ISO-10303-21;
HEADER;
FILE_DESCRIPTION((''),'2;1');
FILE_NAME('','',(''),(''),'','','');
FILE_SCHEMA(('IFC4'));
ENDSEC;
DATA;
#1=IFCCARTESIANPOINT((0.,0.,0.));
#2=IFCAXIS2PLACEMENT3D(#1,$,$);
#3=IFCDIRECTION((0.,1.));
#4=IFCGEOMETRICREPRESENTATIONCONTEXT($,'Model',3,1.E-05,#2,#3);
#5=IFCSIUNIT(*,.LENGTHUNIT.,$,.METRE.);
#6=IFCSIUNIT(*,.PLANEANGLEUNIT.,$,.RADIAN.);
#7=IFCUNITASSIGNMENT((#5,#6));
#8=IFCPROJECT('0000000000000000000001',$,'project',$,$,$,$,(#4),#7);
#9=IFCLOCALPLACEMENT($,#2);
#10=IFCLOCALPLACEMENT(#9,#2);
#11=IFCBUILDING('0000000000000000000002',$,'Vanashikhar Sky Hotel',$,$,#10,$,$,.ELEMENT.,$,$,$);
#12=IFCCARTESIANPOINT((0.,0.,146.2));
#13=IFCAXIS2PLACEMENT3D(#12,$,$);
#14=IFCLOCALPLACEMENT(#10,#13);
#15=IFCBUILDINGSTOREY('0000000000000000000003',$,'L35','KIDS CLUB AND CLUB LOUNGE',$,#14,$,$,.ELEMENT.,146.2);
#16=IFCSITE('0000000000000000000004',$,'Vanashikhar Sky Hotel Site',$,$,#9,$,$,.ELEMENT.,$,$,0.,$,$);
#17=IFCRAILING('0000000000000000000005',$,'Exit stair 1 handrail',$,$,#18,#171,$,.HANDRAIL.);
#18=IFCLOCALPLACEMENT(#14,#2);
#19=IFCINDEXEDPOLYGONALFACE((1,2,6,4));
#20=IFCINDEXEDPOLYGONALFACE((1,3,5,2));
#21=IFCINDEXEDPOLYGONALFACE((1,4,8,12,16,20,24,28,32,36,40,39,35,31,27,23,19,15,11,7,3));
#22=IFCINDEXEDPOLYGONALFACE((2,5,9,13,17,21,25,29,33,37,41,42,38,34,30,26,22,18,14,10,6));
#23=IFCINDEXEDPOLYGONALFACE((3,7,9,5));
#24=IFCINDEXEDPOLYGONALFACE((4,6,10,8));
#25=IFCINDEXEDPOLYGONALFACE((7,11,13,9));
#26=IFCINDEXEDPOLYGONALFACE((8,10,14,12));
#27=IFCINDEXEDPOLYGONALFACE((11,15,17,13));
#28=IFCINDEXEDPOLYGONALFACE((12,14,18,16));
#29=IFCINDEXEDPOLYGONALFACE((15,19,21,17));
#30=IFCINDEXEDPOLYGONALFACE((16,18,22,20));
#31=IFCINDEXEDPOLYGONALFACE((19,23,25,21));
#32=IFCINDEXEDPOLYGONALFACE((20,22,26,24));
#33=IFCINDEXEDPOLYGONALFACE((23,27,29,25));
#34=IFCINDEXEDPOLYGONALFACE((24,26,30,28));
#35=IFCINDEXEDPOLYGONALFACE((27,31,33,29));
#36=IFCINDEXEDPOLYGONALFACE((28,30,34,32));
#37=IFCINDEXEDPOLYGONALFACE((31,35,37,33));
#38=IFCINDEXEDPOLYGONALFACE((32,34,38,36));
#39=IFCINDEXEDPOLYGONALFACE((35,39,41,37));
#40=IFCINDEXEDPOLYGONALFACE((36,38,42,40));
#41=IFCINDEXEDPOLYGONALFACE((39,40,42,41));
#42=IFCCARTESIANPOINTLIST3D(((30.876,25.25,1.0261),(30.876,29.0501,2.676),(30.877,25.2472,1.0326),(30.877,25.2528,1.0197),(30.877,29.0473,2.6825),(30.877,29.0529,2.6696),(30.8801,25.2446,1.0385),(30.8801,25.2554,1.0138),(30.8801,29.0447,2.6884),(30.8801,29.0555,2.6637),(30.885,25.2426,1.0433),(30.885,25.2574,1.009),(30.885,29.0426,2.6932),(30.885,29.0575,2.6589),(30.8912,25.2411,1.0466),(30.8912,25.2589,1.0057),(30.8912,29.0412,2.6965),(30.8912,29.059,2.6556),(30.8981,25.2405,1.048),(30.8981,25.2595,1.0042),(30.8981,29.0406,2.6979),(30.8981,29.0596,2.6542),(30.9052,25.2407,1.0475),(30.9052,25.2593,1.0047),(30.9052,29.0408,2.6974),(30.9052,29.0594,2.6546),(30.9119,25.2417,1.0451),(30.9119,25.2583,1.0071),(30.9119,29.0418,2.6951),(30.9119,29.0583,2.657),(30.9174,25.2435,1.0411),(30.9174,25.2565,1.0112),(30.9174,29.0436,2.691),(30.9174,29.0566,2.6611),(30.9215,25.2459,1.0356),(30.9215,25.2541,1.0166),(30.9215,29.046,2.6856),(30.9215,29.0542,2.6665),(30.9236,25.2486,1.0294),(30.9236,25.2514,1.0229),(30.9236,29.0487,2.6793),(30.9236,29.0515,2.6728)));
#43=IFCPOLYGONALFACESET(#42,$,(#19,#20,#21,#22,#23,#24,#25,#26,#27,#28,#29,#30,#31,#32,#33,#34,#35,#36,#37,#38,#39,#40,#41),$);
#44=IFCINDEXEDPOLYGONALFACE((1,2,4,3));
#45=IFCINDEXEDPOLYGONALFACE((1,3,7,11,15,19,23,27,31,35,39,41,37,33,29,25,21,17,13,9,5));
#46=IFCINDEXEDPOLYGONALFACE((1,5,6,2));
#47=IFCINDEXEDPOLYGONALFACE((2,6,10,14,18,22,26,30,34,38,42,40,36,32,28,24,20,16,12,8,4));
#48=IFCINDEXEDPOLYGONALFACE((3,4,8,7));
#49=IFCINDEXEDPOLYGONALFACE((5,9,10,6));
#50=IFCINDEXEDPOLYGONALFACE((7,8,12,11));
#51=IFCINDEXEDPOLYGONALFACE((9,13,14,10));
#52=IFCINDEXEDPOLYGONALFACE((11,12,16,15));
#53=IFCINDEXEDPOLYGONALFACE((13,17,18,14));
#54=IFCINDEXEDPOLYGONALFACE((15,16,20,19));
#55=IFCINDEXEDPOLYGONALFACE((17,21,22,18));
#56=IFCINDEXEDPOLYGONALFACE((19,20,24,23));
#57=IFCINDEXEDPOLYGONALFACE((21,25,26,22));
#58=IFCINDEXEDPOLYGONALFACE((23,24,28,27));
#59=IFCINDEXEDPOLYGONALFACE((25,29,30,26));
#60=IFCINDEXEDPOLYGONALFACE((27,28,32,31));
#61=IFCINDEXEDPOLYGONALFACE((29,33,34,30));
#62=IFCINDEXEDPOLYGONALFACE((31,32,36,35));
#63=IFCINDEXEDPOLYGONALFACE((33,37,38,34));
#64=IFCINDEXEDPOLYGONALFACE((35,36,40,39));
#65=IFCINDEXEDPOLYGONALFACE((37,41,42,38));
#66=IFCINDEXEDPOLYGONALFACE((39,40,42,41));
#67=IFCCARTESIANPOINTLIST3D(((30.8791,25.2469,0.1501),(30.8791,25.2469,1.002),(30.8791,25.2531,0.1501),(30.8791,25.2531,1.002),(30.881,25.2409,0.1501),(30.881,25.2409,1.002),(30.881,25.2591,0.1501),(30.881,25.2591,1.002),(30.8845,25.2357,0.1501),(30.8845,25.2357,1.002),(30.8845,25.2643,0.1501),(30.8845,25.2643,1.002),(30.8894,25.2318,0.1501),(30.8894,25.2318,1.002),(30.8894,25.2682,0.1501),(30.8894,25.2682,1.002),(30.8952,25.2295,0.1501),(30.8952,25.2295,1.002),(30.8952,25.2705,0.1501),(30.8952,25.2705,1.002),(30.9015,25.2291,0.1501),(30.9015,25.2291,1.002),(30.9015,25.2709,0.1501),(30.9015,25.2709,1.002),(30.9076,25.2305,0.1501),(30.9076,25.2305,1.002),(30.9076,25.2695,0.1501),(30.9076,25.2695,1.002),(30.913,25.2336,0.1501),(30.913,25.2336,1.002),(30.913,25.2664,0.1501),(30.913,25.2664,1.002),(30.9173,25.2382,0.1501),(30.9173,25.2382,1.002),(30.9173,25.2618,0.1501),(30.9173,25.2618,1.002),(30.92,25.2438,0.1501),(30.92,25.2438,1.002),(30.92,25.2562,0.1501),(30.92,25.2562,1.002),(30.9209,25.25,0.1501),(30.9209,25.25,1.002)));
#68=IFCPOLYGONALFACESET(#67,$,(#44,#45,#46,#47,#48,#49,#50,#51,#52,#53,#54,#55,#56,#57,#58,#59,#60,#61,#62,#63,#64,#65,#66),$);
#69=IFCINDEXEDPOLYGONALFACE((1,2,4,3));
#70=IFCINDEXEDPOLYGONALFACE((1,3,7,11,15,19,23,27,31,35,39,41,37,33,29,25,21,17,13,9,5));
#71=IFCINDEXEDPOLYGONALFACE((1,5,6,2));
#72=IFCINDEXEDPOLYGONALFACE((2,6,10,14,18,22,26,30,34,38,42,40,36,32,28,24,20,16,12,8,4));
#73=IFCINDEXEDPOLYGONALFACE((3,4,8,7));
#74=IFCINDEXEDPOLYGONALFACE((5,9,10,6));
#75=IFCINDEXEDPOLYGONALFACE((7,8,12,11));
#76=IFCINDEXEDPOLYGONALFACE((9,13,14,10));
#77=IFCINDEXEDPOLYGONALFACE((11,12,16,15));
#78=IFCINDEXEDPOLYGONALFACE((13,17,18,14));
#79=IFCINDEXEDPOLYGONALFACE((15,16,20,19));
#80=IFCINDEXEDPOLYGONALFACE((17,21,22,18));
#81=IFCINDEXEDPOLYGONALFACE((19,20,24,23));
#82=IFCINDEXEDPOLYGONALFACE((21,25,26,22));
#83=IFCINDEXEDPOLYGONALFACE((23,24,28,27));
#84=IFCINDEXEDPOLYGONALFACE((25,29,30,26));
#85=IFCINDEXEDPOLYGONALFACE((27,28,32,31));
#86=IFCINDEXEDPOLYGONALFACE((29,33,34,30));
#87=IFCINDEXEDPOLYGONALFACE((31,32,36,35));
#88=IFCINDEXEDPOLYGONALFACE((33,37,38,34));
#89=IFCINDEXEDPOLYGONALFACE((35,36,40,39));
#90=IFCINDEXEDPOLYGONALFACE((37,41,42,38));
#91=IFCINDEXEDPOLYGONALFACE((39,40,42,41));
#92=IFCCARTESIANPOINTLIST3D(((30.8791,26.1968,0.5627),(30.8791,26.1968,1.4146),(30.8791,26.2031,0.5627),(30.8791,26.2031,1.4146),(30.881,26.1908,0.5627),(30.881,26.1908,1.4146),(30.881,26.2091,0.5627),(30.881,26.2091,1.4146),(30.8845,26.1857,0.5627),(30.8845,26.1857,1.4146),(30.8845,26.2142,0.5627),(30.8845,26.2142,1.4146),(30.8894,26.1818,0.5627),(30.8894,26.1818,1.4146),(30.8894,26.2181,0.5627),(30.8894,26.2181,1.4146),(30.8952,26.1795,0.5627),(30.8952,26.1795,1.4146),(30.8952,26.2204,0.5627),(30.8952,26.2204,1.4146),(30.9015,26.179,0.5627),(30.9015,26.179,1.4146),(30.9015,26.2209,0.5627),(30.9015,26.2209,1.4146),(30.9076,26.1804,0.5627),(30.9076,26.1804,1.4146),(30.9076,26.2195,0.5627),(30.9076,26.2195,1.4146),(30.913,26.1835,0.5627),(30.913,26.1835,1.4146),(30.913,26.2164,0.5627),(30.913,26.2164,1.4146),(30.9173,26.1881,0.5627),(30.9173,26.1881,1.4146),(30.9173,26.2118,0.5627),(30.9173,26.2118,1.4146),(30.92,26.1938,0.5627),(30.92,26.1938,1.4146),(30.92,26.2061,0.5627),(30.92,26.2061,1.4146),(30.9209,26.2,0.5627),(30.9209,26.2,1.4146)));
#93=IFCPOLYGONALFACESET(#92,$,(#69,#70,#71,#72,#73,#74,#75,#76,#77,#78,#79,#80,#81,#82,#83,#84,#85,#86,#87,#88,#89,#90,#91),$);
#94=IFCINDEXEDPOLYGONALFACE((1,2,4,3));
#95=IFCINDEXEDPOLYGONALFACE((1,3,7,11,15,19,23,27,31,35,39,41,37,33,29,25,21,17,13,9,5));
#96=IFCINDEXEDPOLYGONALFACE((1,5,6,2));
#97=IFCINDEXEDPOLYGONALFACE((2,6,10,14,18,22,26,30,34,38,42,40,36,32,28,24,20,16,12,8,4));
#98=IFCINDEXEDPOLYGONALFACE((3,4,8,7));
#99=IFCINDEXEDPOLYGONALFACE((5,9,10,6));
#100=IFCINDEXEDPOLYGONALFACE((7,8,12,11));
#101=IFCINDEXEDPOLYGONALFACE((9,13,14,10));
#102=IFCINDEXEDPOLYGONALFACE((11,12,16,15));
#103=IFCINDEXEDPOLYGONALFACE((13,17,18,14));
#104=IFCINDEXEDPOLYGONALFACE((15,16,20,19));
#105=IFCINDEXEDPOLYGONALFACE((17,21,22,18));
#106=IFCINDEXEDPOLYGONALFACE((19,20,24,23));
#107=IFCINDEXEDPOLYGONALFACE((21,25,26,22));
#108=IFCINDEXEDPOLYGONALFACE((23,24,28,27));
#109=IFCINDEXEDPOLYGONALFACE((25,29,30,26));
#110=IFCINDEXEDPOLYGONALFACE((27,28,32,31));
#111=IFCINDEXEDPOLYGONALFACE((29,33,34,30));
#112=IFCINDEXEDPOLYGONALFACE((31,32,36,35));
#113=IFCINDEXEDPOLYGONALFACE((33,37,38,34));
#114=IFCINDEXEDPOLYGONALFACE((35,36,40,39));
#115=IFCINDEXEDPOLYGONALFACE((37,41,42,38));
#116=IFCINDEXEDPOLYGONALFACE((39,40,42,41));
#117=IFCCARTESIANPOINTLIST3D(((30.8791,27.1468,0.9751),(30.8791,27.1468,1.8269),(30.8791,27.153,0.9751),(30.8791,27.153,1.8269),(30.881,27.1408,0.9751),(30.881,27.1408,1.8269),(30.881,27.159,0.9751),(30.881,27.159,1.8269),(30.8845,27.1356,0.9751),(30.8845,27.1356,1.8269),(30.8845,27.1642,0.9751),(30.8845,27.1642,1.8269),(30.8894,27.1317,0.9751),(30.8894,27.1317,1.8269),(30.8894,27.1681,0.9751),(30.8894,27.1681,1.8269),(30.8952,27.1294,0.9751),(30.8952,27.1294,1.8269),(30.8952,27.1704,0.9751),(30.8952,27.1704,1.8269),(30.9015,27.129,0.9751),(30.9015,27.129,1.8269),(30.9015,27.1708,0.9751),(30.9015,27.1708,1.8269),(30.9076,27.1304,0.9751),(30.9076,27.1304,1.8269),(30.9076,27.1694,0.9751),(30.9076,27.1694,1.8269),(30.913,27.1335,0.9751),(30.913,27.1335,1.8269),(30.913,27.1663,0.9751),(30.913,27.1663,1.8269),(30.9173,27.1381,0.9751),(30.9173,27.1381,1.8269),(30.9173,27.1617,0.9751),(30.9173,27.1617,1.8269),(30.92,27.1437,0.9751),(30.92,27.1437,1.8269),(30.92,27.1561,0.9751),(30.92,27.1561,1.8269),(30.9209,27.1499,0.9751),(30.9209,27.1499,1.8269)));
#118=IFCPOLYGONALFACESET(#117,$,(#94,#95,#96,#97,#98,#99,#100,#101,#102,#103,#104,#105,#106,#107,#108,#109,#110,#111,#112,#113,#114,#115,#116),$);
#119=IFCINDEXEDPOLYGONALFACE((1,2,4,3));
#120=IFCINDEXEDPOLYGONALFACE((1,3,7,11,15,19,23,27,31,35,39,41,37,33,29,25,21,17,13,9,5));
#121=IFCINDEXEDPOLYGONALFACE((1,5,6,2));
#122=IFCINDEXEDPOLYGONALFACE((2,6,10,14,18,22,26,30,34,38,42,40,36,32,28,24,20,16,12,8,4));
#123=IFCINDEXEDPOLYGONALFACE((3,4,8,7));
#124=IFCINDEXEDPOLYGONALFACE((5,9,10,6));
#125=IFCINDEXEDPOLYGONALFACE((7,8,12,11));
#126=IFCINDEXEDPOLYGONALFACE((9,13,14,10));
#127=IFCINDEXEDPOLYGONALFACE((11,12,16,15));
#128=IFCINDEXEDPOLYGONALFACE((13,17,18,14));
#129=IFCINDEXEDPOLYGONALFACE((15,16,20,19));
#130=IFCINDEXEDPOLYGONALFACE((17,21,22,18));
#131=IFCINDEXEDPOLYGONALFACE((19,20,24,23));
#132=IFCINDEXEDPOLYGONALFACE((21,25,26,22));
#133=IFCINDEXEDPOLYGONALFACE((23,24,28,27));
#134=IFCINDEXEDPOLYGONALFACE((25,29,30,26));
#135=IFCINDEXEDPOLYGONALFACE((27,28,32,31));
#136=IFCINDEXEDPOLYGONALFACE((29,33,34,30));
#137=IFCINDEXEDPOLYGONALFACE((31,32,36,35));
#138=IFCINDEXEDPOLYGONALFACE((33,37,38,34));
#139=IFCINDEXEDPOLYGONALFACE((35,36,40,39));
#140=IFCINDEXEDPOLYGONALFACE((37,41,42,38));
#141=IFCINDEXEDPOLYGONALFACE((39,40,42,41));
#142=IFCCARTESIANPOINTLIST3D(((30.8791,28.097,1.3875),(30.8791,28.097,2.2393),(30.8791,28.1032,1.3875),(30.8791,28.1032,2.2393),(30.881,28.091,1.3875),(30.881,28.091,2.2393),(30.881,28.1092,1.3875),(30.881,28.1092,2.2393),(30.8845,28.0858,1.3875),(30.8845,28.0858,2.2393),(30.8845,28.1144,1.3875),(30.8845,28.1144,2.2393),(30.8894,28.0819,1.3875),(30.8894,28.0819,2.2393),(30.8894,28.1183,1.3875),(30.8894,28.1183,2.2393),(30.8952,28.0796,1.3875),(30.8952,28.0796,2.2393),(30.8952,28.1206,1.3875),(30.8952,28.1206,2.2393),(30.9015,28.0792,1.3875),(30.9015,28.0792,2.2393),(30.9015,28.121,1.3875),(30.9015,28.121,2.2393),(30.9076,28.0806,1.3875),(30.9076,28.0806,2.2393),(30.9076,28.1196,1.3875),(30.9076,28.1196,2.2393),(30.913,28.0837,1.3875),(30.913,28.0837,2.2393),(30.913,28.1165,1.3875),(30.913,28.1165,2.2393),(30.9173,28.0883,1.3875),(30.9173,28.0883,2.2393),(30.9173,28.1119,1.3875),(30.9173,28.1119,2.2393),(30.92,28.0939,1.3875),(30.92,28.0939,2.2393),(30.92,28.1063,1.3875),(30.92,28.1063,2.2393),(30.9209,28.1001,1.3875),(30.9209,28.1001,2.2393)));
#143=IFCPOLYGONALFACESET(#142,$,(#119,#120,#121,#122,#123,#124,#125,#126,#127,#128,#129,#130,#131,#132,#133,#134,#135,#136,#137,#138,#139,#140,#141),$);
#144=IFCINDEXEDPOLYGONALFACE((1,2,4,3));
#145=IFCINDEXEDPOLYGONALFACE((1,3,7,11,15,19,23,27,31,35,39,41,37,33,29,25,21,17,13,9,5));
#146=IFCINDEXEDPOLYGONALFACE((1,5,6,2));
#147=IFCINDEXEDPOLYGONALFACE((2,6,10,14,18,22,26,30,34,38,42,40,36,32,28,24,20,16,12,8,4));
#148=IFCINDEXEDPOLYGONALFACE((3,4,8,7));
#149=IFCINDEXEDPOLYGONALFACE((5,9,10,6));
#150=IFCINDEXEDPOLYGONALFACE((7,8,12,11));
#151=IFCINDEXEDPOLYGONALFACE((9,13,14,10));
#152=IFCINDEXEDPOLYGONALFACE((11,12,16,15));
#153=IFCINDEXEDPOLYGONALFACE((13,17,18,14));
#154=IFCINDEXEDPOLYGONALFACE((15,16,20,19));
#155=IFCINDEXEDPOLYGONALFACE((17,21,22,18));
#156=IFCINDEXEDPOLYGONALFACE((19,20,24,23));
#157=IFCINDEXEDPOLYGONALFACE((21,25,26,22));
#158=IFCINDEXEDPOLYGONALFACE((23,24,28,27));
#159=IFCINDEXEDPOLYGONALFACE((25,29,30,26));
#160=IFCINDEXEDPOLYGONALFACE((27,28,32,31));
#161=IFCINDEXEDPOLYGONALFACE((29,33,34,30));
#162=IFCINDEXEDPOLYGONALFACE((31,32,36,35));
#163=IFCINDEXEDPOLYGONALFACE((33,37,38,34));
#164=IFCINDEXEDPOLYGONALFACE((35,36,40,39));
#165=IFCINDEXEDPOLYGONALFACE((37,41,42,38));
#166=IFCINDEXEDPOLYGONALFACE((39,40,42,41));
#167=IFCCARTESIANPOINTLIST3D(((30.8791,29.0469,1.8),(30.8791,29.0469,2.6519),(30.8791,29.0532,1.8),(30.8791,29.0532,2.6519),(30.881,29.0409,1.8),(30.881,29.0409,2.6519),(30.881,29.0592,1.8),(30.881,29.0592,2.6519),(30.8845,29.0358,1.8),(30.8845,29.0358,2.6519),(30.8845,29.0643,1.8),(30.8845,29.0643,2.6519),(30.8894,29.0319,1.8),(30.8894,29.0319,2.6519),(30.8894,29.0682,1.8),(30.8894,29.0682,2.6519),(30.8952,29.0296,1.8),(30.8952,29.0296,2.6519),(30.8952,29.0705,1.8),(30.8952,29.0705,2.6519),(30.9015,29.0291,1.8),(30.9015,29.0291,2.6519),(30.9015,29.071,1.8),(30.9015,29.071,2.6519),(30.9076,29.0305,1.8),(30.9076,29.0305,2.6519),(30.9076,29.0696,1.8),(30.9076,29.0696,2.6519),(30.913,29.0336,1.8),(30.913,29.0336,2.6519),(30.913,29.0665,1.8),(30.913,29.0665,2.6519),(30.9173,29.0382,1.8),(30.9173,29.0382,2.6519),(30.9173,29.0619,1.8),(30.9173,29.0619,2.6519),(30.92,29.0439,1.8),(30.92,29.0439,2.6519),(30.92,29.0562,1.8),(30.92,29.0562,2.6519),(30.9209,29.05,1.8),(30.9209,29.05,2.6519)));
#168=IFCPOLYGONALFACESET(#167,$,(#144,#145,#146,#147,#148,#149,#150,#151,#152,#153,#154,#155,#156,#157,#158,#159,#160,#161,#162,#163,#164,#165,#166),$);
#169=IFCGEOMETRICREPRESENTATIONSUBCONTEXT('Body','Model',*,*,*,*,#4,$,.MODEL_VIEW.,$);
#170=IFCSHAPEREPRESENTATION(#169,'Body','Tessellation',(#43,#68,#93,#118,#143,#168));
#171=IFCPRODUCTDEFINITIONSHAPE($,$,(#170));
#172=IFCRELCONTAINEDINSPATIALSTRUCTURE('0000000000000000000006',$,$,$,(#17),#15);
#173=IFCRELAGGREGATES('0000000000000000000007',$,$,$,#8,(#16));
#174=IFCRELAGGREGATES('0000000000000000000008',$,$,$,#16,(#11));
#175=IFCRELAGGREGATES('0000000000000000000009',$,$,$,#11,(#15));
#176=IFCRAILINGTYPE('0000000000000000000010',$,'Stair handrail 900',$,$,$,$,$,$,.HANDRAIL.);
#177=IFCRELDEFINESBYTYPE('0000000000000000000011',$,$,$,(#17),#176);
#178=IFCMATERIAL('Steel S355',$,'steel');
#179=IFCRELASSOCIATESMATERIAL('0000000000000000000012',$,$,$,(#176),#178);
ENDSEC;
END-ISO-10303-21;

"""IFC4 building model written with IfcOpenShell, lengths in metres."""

from ifc_helpers import new_model, si_unit, direction, frame, origin, origin_2d, place, context, subcontext, project, spatial, circle, extrude, source, transform, mapped, material, type_object, element, save


model = new_model("IFC4")

# Units and contexts
model_context = context("Model", 3, precision=1e-05, world=origin(), true_north=direction((0.0, 1.0)))
body_context = subcontext(model_context, "Body", "Model", "MODEL_VIEW")
ifc_project = project(units=[si_unit("LENGTHUNIT", "METRE"), si_unit("PLANEANGLEUNIT", "RADIAN")], contexts=[model_context])

# Site, building, storey
site_placement = place(None, origin())
site = spatial("IfcSite", under=ifc_project, at=site_placement, Name="Vanashikhar Sky Hotel Site", CompositionType="ELEMENT", RefElevation=0.0)
building_placement = place(site_placement, origin())
building = spatial("IfcBuilding", under=site, at=building_placement, Name="Vanashikhar Sky Hotel", CompositionType="ELEMENT")
storey_placement = place(building_placement, frame((0.0, 0.0, 146.2)))
storey = spatial("IfcBuildingStorey", under=building, at=storey_placement, Name="L35", Description="KIDS CLUB AND CLUB LOUNGE", CompositionType="ELEMENT", Elevation=146.2)

# Railing
ifc_material_1 = material(Name="Steel S355", Category="steel")
railing_type = type_object("IfcRailingType", Name="Stair handrail 900", PredefinedType="HANDRAIL", material=ifc_material_1)
shared_shape_1 = source(origin(), body_context, "Body", "SweptSolid", [
    extrude(circle(Radius=0.0239, at=origin_2d()), frame((0.0, 0.0, 0.876), z_axis=(0.0, 0.917272, 0.398261), x_axis=(-1.0, 0.0, 0.0)), (0.0, 0.0, 1.0), 4.1428),
    extrude(circle(Radius=0.021, at=origin_2d()), origin(), (0.0, 0.0, 1.0), 0.8518),
    extrude(circle(Radius=0.021, at=origin_2d()), frame((0.0, 0.95, 0.4126)), (0.0, 0.0, 1.0), 0.8518),
    extrude(circle(Radius=0.021, at=origin_2d()), frame((0.0, 1.8999, 0.825)), (0.0, 0.0, 1.0), 0.8518),
    extrude(circle(Radius=0.021, at=origin_2d()), frame((0.0, 2.8501, 1.2373)), (0.0, 0.0, 1.0), 0.8518),
    extrude(circle(Radius=0.021, at=origin_2d()), frame((0.0, 3.8, 1.6499)), (0.0, 0.0, 1.0), 0.8518),
])
for number, where, name in (
    (1, (30.8999, 25.25, 0.1501), "Exit stair 1 handrail"),
):
    element("IfcRailing", number, at=place(storey_placement, frame(where)), inside=storey, type_object=railing_type, Name=name, PredefinedType="HANDRAIL", context=body_context, shape_type="MappedRepresentation", body=[
        mapped(shared_shape_1, transform((0.0, 0.0, 0.0), scale=1.0)),
    ])

save(model, "model.ifc")
